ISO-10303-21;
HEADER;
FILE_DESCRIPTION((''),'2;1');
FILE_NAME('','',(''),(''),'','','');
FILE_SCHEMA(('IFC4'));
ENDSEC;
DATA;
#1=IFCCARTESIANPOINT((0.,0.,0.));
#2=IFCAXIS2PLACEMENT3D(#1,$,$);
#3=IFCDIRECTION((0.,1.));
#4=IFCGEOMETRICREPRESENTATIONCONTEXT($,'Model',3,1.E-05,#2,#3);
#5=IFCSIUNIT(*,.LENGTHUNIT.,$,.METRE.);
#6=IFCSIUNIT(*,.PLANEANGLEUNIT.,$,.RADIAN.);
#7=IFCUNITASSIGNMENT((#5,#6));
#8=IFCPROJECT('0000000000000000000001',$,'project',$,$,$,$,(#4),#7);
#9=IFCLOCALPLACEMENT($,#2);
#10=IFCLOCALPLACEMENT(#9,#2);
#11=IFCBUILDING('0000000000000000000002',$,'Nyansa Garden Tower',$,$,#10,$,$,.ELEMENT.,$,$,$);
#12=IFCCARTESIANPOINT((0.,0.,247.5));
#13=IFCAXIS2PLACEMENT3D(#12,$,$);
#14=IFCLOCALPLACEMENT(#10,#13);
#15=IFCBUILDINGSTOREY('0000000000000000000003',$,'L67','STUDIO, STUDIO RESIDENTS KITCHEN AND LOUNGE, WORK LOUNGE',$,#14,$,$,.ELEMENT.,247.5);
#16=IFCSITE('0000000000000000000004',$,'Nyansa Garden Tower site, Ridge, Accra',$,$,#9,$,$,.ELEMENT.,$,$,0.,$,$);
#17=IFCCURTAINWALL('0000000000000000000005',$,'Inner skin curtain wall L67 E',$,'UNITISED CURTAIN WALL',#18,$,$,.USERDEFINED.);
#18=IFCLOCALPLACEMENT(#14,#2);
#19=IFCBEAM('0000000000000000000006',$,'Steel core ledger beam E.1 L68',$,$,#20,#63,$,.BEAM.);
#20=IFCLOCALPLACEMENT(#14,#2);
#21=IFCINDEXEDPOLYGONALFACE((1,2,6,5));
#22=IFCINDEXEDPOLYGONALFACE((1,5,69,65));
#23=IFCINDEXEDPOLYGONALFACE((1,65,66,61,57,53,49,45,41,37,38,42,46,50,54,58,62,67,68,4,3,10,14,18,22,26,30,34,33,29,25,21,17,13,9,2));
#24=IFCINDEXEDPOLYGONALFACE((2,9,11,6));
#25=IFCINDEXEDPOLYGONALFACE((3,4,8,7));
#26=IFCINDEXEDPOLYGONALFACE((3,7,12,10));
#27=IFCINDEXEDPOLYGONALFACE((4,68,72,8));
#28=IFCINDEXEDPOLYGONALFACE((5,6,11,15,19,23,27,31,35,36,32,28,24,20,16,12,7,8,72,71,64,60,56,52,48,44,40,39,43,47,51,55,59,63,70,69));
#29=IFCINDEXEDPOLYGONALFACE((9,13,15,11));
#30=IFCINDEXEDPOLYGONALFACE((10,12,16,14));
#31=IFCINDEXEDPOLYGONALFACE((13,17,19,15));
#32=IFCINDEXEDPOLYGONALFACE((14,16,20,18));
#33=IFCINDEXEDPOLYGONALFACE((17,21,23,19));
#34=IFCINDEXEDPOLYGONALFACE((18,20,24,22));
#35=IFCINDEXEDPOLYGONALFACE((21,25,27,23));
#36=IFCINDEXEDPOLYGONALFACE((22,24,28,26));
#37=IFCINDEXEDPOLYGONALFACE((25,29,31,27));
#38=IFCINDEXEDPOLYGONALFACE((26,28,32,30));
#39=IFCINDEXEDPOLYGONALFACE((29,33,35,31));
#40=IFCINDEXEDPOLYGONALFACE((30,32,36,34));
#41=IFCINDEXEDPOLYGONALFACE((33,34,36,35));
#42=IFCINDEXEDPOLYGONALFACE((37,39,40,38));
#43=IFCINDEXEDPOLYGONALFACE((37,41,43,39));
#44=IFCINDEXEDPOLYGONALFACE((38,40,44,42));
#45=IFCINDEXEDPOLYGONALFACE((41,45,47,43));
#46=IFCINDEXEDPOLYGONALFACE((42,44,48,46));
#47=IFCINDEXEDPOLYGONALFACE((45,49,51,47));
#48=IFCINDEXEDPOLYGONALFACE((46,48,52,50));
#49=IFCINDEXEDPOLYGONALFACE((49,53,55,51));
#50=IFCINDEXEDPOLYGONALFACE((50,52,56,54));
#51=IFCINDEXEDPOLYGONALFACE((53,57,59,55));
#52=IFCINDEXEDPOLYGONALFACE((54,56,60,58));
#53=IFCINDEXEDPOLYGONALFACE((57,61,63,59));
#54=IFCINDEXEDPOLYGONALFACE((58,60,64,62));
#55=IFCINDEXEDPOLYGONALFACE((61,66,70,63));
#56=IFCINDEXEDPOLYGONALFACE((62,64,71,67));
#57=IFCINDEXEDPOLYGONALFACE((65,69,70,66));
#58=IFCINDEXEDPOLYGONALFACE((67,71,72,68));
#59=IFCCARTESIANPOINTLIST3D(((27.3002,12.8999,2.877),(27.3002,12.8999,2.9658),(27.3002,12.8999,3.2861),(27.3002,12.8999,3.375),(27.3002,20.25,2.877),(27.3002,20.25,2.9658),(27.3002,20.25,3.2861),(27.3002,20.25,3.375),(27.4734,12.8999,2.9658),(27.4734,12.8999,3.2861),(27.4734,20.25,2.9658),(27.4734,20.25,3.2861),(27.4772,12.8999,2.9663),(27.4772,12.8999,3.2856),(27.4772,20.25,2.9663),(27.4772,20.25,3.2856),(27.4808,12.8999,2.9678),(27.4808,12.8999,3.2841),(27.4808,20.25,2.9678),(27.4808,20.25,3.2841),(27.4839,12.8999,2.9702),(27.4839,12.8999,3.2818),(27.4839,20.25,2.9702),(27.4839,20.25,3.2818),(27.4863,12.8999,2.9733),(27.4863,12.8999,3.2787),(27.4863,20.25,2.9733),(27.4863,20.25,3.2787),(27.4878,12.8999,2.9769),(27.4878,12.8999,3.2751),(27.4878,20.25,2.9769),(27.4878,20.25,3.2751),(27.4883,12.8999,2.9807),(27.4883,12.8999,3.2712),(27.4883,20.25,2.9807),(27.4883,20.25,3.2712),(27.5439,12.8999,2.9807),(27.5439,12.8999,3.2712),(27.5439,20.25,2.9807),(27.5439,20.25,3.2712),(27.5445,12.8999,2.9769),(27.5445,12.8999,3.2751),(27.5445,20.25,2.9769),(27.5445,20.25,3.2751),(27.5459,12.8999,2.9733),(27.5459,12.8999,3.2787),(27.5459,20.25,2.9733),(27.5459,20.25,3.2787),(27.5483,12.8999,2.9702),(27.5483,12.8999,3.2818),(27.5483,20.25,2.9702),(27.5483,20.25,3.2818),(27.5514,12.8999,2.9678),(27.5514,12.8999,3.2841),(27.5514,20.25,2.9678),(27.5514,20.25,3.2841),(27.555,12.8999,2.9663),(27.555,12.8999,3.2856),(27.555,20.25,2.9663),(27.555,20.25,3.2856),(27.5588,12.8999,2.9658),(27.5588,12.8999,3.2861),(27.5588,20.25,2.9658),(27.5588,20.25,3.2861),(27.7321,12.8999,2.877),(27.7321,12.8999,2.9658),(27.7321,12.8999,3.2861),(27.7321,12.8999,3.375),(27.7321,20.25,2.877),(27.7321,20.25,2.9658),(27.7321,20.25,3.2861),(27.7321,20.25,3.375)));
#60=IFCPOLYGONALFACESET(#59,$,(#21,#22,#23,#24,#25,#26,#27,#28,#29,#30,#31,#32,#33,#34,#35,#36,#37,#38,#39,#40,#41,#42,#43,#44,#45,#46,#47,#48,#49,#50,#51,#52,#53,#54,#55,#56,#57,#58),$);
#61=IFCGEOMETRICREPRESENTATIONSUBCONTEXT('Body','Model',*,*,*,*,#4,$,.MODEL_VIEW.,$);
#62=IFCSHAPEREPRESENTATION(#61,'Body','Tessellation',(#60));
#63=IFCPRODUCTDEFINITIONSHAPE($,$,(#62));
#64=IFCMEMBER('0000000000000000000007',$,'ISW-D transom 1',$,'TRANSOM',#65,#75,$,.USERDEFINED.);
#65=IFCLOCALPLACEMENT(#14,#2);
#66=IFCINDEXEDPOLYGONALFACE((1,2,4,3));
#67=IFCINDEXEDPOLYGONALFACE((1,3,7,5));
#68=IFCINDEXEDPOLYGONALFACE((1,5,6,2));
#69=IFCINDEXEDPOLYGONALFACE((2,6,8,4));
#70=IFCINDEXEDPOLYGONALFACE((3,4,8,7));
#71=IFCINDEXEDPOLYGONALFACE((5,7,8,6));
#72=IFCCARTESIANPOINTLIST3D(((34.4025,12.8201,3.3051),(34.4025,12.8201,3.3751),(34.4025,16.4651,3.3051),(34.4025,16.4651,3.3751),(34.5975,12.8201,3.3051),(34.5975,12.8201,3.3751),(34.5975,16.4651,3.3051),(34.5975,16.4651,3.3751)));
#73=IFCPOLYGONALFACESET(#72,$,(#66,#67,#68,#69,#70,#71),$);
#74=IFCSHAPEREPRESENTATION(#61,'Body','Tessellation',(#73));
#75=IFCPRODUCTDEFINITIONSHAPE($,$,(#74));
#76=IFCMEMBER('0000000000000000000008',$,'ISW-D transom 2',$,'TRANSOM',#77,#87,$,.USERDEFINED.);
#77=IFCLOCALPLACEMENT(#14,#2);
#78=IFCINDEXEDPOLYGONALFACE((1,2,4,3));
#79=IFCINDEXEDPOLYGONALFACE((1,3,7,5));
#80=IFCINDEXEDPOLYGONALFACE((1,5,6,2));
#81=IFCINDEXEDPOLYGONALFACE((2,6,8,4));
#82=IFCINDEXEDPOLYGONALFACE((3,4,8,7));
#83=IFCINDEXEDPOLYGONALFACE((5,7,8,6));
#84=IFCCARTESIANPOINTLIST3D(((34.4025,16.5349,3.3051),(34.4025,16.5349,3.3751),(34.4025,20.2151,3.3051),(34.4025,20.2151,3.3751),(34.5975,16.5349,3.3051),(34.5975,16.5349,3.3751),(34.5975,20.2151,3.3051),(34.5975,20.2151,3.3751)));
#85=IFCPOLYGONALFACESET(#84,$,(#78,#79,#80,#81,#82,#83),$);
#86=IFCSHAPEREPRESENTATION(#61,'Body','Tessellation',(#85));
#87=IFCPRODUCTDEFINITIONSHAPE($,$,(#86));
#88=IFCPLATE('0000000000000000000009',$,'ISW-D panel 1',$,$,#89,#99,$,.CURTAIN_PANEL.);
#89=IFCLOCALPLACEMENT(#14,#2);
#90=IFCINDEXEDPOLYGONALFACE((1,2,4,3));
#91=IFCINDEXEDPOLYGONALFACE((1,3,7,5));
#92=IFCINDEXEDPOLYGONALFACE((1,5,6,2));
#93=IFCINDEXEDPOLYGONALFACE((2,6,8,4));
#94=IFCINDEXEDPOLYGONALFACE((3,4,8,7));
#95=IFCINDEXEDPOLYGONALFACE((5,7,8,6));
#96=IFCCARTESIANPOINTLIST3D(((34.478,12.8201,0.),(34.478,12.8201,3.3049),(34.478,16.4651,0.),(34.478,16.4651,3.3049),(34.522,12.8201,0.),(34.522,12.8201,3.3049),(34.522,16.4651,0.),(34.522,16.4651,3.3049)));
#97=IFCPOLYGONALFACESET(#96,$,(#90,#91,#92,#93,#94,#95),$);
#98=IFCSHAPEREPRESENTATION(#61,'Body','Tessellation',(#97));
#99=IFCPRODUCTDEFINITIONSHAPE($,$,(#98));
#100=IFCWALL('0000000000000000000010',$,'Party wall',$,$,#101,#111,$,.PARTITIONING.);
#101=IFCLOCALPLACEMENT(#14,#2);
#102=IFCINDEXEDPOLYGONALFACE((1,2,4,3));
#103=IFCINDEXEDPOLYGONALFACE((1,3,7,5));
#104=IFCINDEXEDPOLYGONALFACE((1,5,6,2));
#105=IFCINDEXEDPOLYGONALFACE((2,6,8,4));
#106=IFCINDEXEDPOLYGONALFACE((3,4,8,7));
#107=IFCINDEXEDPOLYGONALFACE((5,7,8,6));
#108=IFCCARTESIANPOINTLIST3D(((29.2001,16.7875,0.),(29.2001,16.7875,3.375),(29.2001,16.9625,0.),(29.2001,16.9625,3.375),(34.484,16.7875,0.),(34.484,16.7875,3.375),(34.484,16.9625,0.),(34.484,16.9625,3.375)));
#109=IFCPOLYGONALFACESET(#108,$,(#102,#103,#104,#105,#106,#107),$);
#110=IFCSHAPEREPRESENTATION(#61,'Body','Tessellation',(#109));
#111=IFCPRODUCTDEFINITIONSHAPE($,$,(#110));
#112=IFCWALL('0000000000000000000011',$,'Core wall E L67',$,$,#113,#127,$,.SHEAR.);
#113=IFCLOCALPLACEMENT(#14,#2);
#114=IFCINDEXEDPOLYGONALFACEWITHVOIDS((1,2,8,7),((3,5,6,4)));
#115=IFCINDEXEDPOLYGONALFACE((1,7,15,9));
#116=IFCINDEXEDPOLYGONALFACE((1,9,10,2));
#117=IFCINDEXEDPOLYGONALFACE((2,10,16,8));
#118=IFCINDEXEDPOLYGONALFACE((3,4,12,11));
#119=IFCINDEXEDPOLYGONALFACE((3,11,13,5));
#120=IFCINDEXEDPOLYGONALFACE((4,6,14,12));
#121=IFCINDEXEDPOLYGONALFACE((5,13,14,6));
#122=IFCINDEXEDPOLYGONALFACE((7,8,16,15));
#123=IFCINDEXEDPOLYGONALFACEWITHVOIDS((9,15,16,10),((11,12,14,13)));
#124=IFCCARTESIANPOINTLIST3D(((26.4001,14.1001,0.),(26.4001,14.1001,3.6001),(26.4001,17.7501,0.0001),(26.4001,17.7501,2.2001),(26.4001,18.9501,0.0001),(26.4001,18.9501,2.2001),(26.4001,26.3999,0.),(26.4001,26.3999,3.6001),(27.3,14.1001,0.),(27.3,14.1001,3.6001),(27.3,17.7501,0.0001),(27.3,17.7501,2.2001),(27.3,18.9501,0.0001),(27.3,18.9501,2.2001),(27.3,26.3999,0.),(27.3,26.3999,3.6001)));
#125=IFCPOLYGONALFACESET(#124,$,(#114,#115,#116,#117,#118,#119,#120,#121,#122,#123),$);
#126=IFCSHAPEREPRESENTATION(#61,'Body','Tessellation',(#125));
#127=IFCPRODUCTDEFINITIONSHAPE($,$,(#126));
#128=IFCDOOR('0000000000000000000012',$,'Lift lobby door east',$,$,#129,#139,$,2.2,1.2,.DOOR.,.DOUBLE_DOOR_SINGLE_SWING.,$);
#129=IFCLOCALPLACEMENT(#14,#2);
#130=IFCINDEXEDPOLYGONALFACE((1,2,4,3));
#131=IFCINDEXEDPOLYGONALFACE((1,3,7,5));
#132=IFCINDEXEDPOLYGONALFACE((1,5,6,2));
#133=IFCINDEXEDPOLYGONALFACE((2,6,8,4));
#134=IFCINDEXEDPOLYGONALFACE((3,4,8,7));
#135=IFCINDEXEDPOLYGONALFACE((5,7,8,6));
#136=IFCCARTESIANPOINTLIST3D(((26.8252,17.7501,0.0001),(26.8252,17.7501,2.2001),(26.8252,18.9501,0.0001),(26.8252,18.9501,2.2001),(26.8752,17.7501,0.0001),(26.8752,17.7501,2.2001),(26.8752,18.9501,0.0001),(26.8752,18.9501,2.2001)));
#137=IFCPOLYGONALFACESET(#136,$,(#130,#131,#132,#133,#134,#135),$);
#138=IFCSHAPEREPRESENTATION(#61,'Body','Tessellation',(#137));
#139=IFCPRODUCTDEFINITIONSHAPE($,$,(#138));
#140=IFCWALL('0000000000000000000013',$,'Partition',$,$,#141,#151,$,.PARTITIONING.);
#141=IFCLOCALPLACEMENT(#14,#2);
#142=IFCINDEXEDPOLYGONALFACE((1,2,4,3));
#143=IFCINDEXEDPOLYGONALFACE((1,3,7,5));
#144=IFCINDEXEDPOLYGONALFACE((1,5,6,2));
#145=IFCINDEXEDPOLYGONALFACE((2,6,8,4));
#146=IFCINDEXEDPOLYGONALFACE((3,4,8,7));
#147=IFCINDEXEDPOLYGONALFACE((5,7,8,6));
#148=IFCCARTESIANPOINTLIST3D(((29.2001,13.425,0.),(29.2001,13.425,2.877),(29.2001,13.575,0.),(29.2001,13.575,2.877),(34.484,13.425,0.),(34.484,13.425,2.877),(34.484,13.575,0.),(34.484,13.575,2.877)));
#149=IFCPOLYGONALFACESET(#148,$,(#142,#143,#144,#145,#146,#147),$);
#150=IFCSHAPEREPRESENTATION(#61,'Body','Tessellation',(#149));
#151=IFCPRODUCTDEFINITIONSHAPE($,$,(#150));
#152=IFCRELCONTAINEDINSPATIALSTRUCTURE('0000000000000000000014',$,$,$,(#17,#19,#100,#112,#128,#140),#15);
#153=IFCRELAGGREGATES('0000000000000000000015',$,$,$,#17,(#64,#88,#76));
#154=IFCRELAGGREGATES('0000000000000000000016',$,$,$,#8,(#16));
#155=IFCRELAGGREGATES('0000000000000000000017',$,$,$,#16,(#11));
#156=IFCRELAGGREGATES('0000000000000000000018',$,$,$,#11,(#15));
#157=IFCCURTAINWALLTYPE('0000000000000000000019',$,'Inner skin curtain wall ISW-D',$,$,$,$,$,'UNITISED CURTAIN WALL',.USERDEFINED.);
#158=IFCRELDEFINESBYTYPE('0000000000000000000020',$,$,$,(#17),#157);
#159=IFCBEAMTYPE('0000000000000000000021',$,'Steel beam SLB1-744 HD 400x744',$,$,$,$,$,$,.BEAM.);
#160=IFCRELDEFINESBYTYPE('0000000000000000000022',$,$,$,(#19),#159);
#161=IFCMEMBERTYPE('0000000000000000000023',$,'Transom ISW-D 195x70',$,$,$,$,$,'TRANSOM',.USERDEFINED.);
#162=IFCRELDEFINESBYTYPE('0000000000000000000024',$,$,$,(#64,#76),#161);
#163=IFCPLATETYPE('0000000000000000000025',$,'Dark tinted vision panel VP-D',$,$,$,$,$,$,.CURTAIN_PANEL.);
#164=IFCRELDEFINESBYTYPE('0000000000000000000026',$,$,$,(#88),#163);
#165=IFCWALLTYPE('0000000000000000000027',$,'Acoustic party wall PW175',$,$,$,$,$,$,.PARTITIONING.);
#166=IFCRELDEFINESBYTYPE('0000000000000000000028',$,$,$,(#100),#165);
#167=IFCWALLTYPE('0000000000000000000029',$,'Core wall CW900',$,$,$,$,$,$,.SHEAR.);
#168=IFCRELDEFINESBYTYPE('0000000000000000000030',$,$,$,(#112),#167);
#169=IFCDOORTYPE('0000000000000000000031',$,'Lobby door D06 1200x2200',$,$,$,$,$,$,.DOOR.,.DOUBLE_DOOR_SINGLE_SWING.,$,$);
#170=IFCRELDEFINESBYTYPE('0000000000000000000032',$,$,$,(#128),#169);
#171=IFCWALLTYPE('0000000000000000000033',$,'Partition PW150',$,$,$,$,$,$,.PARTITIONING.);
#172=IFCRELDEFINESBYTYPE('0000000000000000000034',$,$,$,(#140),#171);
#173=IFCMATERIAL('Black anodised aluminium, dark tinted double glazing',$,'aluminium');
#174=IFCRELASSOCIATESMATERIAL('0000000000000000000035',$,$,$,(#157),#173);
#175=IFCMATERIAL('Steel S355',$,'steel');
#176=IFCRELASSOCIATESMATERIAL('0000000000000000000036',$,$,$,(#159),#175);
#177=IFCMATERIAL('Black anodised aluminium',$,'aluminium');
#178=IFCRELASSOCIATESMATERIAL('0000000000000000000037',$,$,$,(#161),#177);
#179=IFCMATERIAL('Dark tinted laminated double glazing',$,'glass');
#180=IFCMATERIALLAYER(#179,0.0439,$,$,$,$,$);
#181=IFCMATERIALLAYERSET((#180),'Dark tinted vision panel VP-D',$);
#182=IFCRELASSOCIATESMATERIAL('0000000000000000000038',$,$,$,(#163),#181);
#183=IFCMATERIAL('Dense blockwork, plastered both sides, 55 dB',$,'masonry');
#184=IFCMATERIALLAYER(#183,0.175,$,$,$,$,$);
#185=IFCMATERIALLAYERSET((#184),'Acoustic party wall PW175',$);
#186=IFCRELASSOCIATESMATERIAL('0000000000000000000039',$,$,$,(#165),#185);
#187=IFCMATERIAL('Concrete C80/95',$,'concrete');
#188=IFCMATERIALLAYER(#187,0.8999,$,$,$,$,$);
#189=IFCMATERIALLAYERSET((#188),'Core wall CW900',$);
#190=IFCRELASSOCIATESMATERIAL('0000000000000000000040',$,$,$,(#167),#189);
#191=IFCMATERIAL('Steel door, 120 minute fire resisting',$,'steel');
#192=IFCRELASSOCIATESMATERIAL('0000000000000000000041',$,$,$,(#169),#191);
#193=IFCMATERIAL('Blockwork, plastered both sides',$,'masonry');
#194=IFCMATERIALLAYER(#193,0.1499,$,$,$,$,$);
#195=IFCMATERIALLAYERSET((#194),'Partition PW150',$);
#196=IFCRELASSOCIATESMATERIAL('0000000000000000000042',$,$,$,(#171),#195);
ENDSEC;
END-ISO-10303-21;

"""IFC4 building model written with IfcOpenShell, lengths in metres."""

from ifc_helpers import new_model, si_unit, direction, frame, frame_2d, origin, origin_2d, place, context, subcontext, project, spatial, rectangle, i_section, extrude, material, layer, layer_set, material_profile, profile_set, type_object, element, fill, aggregate, save


model = new_model("IFC4")

# Units and contexts
model_context = context("Model", 3, precision=1e-05, world=origin(), true_north=direction((0.0, 1.0)))
body_context = subcontext(model_context, "Body", "Model", "MODEL_VIEW")
ifc_project = project(units=[si_unit("LENGTHUNIT", "METRE"), si_unit("PLANEANGLEUNIT", "RADIAN")], contexts=[model_context])

# Site, building, storey
site_placement = place(None, origin())
site = spatial("IfcSite", under=ifc_project, at=site_placement, Name="Nyansa Garden Tower site, Ridge, Accra", CompositionType="ELEMENT", RefElevation=0.0)
building_placement = place(site_placement, origin())
building = spatial("IfcBuilding", under=site, at=building_placement, Name="Nyansa Garden Tower", CompositionType="ELEMENT")
storey_placement = place(building_placement, frame((0.0, 0.0, 247.5)))
storey = spatial("IfcBuildingStorey", under=building, at=storey_placement, Name="L67", Description="STUDIO, STUDIO RESIDENTS KITCHEN AND LOUNGE, WORK LOUNGE", CompositionType="ELEMENT", Elevation=247.5)

# Curtain wall
ifc_material_1 = material(Name="Black anodised aluminium, dark tinted double glazing", Category="aluminium")
curtain_wall_type = type_object("IfcCurtainWallType", Name="Inner skin curtain wall ISW-D", ElementType="UNITISED CURTAIN WALL", PredefinedType="USERDEFINED", material=ifc_material_1)
curtain_wall_placement = place(storey_placement, origin())
curtain_wall = element("IfcCurtainWall", 1, at=curtain_wall_placement, inside=storey, type_object=curtain_wall_type, Name="Inner skin curtain wall L67 E", ObjectType="UNITISED CURTAIN WALL", PredefinedType="USERDEFINED")

# Beam
ifc_material_2 = material(Name="Steel S355", Category="steel")
ifc_material_profile_1 = material_profile(ifc_material_2, i_section(OverallWidth=0.4319, OverallDepth=0.498, WebThickness=0.0557, FlangeThickness=0.0889, FilletRadius=0.0149, at=origin_2d()), Name="HD 400x744")
ifc_profile_set_1 = profile_set([ifc_material_profile_1], Name="Steel S355")
beam_type_1 = type_object("IfcBeamType", Name="Steel beam SLB1-744 HD 400x744", PredefinedType="BEAM", material=ifc_profile_set_1)
beam_1_placement = place(storey_placement, frame((27.5161, 12.8999, 3.126), z_axis=(0.0, 1.0, 0.0), x_axis=(-1.0, 0.0, 0.0)))
element("IfcBeam", 2, at=beam_1_placement, inside=storey, type_object=beam_type_1, Name="Steel core ledger beam E.1 L68", PredefinedType="BEAM", context=body_context, shape_type="SweptSolid", body=[
    extrude(i_section(OverallWidth=0.4319, OverallDepth=0.498, WebThickness=0.0557, FlangeThickness=0.0889, FilletRadius=0.0149, at=origin_2d()), origin(), (0.0, 0.0, 1.0), 7.3501),
])

# Members
ifc_material_3 = material(Name="Black anodised aluminium", Category="aluminium")
ifc_material_profile_2 = material_profile(ifc_material_3, rectangle(XDim=0.1951, YDim=0.0701, at=origin_2d()), Name="Transom 195x70")
ifc_profile_set_2 = profile_set([ifc_material_profile_2], Name="Black anodised aluminium")
member_type_1 = type_object("IfcMemberType", Name="Transom ISW-D 195x70", ElementType="TRANSOM", PredefinedType="USERDEFINED", material=ifc_profile_set_2)
member_1_placement = place(storey_placement, frame((34.5, 12.8201, 3.3401), z_axis=(0.0, 1.0, 0.0), x_axis=(-1.0, 0.0, 0.0)))
member_1 = element("IfcMember", 3, at=member_1_placement, type_object=member_type_1, Name="ISW-D transom 1", ObjectType="TRANSOM", PredefinedType="USERDEFINED", context=body_context, shape_type="SweptSolid", body=[
    extrude(rectangle(XDim=0.1951, YDim=0.0701, at=origin_2d()), origin(), (0.0, 0.0, 1.0), 3.645),
])
member_2_placement = place(storey_placement, frame((34.5, 16.5349, 3.3401), z_axis=(0.0, 1.0, 0.0), x_axis=(-1.0, 0.0, 0.0)))
member_2 = element("IfcMember", 4, at=member_2_placement, type_object=member_type_1, Name="ISW-D transom 2", ObjectType="TRANSOM", PredefinedType="USERDEFINED", context=body_context, shape_type="SweptSolid", body=[
    extrude(rectangle(XDim=0.1951, YDim=0.0701, at=origin_2d()), origin(), (0.0, 0.0, 1.0), 3.6802),
])

# Plate
ifc_material_4 = material(Name="Dark tinted laminated double glazing", Category="glass")
ifc_layer_1 = layer(ifc_material_4, 0.0439)
ifc_layer_set_1 = layer_set([ifc_layer_1], Name="Dark tinted vision panel VP-D")
plate_type = type_object("IfcPlateType", Name="Dark tinted vision panel VP-D", PredefinedType="CURTAIN_PANEL", material=ifc_layer_set_1)
plate_placement = place(storey_placement, frame((34.5, 14.6426, 0.0), z_axis=(0.0, 0.0, 1.0), x_axis=(0.0, 1.0, 0.0)))
plate = element("IfcPlate", 5, at=plate_placement, type_object=plate_type, Name="ISW-D panel 1", PredefinedType="CURTAIN_PANEL", context=body_context, shape_type="SweptSolid", body=[
    extrude(rectangle(XDim=3.645, YDim=0.0439, at=origin_2d()), origin(), (0.0, 0.0, 1.0), 3.3049),
])
aggregate(curtain_wall, [member_1, plate, member_2])

# Wall
ifc_material_5 = material(Name="Dense blockwork, plastered both sides, 55 dB", Category="masonry")
ifc_layer_2 = layer(ifc_material_5, 0.175)
ifc_layer_set_2 = layer_set([ifc_layer_2], Name="Acoustic party wall PW175")
wall_type_1 = type_object("IfcWallType", Name="Acoustic party wall PW175", PredefinedType="PARTITIONING", material=ifc_layer_set_2)
wall_1_placement = place(storey_placement, frame((29.2, 16.875, 0.0), z_axis=(0.0, 0.0, 1.0), x_axis=(1.0, 0.0, 0.0)))
element("IfcWall", 6, at=wall_1_placement, inside=storey, type_object=wall_type_1, Name="Party wall", PredefinedType="PARTITIONING", context=body_context, shape_type="SweptSolid", body=[
    extrude(rectangle(XDim=5.2839, YDim=0.175, at=frame_2d((2.6421, 0.0))), origin(), (0.0, 0.0, 1.0), 3.375),
])

# Wall, opening, door
ifc_material_6 = material(Name="Concrete C80/95", Category="concrete")
ifc_layer_3 = layer(ifc_material_6, 0.8999)
ifc_layer_set_3 = layer_set([ifc_layer_3], Name="Core wall CW900")
wall_type_2 = type_object("IfcWallType", Name="Core wall CW900", PredefinedType="SHEAR", material=ifc_layer_set_3)
wall_2_placement = place(storey_placement, frame((26.8501, 14.1001, 0.0), z_axis=(0.0, 0.0, 1.0), x_axis=(0.0, 1.0, 0.0)))
wall_2 = element("IfcWall", 7, at=wall_2_placement, inside=storey, type_object=wall_type_2, Name="Core wall E L67", PredefinedType="SHEAR", context=body_context, shape_type="SweptSolid", body=[
    extrude(rectangle(XDim=12.2998, YDim=0.8999, at=frame_2d((6.1499, 0.0))), origin(), (0.0, 0.0, 1.0), 3.6001),
])
opening_1_placement = place(wall_2_placement, frame((3.6499, 0.0, 0.0)))
opening_1 = element("IfcOpeningElement", 8, at=opening_1_placement, cuts=wall_2, PredefinedType="OPENING", context=body_context, shape_type="SweptSolid", body=[
    extrude(rectangle(XDim=1.2, YDim=2.2, at=frame_2d((0.6001, 1.1001))), frame((0.0, 0.46, 0.0), z_axis=(0.0, -1.0, 0.0), x_axis=(1.0, 0.0, 0.0)), (0.0, 0.0, 1.0), 0.9199),
])
ifc_material_7 = material(Name="Steel door, 120 minute fire resisting", Category="steel")
door_type_1 = type_object("IfcDoorType", Name="Lobby door D06 1200x2200", OperationType="DOUBLE_DOOR_SINGLE_SWING", PredefinedType="DOOR", material=ifc_material_7)
door_1_placement = place(opening_1_placement, origin())
door_1 = element("IfcDoor", 9, at=door_1_placement, inside=storey, type_object=door_type_1, Name="Lift lobby door east", OperationType="DOUBLE_DOOR_SINGLE_SWING", OverallHeight=2.2, OverallWidth=1.2, PredefinedType="DOOR", context=body_context, shape_type="SweptSolid", body=[
    extrude(rectangle(XDim=1.2, YDim=2.2, at=frame_2d((0.6001, 1.1001))), frame((0.0, 0.0249, 0.0), z_axis=(0.0, -1.0, 0.0), x_axis=(1.0, 0.0, 0.0)), (0.0, 0.0, 1.0), 0.05),
])
fill(opening_1, door_1)

# Wall
ifc_material_8 = material(Name="Blockwork, plastered both sides", Category="masonry")
ifc_layer_4 = layer(ifc_material_8, 0.1499)
ifc_layer_set_4 = layer_set([ifc_layer_4], Name="Partition PW150")
wall_type_3 = type_object("IfcWallType", Name="Partition PW150", PredefinedType="PARTITIONING", material=ifc_layer_set_4)
wall_3_placement = place(storey_placement, frame((29.2, 13.5, 0.0), z_axis=(0.0, 0.0, 1.0), x_axis=(1.0, 0.0, 0.0)))
element("IfcWall", 10, at=wall_3_placement, inside=storey, type_object=wall_type_3, Name="Partition", PredefinedType="PARTITIONING", context=body_context, shape_type="SweptSolid", body=[
    extrude(rectangle(XDim=5.2839, YDim=0.1499, at=frame_2d((2.6421, 0.0))), origin(), (0.0, 0.0, 1.0), 2.877),
])

save(model, "model.ifc")
